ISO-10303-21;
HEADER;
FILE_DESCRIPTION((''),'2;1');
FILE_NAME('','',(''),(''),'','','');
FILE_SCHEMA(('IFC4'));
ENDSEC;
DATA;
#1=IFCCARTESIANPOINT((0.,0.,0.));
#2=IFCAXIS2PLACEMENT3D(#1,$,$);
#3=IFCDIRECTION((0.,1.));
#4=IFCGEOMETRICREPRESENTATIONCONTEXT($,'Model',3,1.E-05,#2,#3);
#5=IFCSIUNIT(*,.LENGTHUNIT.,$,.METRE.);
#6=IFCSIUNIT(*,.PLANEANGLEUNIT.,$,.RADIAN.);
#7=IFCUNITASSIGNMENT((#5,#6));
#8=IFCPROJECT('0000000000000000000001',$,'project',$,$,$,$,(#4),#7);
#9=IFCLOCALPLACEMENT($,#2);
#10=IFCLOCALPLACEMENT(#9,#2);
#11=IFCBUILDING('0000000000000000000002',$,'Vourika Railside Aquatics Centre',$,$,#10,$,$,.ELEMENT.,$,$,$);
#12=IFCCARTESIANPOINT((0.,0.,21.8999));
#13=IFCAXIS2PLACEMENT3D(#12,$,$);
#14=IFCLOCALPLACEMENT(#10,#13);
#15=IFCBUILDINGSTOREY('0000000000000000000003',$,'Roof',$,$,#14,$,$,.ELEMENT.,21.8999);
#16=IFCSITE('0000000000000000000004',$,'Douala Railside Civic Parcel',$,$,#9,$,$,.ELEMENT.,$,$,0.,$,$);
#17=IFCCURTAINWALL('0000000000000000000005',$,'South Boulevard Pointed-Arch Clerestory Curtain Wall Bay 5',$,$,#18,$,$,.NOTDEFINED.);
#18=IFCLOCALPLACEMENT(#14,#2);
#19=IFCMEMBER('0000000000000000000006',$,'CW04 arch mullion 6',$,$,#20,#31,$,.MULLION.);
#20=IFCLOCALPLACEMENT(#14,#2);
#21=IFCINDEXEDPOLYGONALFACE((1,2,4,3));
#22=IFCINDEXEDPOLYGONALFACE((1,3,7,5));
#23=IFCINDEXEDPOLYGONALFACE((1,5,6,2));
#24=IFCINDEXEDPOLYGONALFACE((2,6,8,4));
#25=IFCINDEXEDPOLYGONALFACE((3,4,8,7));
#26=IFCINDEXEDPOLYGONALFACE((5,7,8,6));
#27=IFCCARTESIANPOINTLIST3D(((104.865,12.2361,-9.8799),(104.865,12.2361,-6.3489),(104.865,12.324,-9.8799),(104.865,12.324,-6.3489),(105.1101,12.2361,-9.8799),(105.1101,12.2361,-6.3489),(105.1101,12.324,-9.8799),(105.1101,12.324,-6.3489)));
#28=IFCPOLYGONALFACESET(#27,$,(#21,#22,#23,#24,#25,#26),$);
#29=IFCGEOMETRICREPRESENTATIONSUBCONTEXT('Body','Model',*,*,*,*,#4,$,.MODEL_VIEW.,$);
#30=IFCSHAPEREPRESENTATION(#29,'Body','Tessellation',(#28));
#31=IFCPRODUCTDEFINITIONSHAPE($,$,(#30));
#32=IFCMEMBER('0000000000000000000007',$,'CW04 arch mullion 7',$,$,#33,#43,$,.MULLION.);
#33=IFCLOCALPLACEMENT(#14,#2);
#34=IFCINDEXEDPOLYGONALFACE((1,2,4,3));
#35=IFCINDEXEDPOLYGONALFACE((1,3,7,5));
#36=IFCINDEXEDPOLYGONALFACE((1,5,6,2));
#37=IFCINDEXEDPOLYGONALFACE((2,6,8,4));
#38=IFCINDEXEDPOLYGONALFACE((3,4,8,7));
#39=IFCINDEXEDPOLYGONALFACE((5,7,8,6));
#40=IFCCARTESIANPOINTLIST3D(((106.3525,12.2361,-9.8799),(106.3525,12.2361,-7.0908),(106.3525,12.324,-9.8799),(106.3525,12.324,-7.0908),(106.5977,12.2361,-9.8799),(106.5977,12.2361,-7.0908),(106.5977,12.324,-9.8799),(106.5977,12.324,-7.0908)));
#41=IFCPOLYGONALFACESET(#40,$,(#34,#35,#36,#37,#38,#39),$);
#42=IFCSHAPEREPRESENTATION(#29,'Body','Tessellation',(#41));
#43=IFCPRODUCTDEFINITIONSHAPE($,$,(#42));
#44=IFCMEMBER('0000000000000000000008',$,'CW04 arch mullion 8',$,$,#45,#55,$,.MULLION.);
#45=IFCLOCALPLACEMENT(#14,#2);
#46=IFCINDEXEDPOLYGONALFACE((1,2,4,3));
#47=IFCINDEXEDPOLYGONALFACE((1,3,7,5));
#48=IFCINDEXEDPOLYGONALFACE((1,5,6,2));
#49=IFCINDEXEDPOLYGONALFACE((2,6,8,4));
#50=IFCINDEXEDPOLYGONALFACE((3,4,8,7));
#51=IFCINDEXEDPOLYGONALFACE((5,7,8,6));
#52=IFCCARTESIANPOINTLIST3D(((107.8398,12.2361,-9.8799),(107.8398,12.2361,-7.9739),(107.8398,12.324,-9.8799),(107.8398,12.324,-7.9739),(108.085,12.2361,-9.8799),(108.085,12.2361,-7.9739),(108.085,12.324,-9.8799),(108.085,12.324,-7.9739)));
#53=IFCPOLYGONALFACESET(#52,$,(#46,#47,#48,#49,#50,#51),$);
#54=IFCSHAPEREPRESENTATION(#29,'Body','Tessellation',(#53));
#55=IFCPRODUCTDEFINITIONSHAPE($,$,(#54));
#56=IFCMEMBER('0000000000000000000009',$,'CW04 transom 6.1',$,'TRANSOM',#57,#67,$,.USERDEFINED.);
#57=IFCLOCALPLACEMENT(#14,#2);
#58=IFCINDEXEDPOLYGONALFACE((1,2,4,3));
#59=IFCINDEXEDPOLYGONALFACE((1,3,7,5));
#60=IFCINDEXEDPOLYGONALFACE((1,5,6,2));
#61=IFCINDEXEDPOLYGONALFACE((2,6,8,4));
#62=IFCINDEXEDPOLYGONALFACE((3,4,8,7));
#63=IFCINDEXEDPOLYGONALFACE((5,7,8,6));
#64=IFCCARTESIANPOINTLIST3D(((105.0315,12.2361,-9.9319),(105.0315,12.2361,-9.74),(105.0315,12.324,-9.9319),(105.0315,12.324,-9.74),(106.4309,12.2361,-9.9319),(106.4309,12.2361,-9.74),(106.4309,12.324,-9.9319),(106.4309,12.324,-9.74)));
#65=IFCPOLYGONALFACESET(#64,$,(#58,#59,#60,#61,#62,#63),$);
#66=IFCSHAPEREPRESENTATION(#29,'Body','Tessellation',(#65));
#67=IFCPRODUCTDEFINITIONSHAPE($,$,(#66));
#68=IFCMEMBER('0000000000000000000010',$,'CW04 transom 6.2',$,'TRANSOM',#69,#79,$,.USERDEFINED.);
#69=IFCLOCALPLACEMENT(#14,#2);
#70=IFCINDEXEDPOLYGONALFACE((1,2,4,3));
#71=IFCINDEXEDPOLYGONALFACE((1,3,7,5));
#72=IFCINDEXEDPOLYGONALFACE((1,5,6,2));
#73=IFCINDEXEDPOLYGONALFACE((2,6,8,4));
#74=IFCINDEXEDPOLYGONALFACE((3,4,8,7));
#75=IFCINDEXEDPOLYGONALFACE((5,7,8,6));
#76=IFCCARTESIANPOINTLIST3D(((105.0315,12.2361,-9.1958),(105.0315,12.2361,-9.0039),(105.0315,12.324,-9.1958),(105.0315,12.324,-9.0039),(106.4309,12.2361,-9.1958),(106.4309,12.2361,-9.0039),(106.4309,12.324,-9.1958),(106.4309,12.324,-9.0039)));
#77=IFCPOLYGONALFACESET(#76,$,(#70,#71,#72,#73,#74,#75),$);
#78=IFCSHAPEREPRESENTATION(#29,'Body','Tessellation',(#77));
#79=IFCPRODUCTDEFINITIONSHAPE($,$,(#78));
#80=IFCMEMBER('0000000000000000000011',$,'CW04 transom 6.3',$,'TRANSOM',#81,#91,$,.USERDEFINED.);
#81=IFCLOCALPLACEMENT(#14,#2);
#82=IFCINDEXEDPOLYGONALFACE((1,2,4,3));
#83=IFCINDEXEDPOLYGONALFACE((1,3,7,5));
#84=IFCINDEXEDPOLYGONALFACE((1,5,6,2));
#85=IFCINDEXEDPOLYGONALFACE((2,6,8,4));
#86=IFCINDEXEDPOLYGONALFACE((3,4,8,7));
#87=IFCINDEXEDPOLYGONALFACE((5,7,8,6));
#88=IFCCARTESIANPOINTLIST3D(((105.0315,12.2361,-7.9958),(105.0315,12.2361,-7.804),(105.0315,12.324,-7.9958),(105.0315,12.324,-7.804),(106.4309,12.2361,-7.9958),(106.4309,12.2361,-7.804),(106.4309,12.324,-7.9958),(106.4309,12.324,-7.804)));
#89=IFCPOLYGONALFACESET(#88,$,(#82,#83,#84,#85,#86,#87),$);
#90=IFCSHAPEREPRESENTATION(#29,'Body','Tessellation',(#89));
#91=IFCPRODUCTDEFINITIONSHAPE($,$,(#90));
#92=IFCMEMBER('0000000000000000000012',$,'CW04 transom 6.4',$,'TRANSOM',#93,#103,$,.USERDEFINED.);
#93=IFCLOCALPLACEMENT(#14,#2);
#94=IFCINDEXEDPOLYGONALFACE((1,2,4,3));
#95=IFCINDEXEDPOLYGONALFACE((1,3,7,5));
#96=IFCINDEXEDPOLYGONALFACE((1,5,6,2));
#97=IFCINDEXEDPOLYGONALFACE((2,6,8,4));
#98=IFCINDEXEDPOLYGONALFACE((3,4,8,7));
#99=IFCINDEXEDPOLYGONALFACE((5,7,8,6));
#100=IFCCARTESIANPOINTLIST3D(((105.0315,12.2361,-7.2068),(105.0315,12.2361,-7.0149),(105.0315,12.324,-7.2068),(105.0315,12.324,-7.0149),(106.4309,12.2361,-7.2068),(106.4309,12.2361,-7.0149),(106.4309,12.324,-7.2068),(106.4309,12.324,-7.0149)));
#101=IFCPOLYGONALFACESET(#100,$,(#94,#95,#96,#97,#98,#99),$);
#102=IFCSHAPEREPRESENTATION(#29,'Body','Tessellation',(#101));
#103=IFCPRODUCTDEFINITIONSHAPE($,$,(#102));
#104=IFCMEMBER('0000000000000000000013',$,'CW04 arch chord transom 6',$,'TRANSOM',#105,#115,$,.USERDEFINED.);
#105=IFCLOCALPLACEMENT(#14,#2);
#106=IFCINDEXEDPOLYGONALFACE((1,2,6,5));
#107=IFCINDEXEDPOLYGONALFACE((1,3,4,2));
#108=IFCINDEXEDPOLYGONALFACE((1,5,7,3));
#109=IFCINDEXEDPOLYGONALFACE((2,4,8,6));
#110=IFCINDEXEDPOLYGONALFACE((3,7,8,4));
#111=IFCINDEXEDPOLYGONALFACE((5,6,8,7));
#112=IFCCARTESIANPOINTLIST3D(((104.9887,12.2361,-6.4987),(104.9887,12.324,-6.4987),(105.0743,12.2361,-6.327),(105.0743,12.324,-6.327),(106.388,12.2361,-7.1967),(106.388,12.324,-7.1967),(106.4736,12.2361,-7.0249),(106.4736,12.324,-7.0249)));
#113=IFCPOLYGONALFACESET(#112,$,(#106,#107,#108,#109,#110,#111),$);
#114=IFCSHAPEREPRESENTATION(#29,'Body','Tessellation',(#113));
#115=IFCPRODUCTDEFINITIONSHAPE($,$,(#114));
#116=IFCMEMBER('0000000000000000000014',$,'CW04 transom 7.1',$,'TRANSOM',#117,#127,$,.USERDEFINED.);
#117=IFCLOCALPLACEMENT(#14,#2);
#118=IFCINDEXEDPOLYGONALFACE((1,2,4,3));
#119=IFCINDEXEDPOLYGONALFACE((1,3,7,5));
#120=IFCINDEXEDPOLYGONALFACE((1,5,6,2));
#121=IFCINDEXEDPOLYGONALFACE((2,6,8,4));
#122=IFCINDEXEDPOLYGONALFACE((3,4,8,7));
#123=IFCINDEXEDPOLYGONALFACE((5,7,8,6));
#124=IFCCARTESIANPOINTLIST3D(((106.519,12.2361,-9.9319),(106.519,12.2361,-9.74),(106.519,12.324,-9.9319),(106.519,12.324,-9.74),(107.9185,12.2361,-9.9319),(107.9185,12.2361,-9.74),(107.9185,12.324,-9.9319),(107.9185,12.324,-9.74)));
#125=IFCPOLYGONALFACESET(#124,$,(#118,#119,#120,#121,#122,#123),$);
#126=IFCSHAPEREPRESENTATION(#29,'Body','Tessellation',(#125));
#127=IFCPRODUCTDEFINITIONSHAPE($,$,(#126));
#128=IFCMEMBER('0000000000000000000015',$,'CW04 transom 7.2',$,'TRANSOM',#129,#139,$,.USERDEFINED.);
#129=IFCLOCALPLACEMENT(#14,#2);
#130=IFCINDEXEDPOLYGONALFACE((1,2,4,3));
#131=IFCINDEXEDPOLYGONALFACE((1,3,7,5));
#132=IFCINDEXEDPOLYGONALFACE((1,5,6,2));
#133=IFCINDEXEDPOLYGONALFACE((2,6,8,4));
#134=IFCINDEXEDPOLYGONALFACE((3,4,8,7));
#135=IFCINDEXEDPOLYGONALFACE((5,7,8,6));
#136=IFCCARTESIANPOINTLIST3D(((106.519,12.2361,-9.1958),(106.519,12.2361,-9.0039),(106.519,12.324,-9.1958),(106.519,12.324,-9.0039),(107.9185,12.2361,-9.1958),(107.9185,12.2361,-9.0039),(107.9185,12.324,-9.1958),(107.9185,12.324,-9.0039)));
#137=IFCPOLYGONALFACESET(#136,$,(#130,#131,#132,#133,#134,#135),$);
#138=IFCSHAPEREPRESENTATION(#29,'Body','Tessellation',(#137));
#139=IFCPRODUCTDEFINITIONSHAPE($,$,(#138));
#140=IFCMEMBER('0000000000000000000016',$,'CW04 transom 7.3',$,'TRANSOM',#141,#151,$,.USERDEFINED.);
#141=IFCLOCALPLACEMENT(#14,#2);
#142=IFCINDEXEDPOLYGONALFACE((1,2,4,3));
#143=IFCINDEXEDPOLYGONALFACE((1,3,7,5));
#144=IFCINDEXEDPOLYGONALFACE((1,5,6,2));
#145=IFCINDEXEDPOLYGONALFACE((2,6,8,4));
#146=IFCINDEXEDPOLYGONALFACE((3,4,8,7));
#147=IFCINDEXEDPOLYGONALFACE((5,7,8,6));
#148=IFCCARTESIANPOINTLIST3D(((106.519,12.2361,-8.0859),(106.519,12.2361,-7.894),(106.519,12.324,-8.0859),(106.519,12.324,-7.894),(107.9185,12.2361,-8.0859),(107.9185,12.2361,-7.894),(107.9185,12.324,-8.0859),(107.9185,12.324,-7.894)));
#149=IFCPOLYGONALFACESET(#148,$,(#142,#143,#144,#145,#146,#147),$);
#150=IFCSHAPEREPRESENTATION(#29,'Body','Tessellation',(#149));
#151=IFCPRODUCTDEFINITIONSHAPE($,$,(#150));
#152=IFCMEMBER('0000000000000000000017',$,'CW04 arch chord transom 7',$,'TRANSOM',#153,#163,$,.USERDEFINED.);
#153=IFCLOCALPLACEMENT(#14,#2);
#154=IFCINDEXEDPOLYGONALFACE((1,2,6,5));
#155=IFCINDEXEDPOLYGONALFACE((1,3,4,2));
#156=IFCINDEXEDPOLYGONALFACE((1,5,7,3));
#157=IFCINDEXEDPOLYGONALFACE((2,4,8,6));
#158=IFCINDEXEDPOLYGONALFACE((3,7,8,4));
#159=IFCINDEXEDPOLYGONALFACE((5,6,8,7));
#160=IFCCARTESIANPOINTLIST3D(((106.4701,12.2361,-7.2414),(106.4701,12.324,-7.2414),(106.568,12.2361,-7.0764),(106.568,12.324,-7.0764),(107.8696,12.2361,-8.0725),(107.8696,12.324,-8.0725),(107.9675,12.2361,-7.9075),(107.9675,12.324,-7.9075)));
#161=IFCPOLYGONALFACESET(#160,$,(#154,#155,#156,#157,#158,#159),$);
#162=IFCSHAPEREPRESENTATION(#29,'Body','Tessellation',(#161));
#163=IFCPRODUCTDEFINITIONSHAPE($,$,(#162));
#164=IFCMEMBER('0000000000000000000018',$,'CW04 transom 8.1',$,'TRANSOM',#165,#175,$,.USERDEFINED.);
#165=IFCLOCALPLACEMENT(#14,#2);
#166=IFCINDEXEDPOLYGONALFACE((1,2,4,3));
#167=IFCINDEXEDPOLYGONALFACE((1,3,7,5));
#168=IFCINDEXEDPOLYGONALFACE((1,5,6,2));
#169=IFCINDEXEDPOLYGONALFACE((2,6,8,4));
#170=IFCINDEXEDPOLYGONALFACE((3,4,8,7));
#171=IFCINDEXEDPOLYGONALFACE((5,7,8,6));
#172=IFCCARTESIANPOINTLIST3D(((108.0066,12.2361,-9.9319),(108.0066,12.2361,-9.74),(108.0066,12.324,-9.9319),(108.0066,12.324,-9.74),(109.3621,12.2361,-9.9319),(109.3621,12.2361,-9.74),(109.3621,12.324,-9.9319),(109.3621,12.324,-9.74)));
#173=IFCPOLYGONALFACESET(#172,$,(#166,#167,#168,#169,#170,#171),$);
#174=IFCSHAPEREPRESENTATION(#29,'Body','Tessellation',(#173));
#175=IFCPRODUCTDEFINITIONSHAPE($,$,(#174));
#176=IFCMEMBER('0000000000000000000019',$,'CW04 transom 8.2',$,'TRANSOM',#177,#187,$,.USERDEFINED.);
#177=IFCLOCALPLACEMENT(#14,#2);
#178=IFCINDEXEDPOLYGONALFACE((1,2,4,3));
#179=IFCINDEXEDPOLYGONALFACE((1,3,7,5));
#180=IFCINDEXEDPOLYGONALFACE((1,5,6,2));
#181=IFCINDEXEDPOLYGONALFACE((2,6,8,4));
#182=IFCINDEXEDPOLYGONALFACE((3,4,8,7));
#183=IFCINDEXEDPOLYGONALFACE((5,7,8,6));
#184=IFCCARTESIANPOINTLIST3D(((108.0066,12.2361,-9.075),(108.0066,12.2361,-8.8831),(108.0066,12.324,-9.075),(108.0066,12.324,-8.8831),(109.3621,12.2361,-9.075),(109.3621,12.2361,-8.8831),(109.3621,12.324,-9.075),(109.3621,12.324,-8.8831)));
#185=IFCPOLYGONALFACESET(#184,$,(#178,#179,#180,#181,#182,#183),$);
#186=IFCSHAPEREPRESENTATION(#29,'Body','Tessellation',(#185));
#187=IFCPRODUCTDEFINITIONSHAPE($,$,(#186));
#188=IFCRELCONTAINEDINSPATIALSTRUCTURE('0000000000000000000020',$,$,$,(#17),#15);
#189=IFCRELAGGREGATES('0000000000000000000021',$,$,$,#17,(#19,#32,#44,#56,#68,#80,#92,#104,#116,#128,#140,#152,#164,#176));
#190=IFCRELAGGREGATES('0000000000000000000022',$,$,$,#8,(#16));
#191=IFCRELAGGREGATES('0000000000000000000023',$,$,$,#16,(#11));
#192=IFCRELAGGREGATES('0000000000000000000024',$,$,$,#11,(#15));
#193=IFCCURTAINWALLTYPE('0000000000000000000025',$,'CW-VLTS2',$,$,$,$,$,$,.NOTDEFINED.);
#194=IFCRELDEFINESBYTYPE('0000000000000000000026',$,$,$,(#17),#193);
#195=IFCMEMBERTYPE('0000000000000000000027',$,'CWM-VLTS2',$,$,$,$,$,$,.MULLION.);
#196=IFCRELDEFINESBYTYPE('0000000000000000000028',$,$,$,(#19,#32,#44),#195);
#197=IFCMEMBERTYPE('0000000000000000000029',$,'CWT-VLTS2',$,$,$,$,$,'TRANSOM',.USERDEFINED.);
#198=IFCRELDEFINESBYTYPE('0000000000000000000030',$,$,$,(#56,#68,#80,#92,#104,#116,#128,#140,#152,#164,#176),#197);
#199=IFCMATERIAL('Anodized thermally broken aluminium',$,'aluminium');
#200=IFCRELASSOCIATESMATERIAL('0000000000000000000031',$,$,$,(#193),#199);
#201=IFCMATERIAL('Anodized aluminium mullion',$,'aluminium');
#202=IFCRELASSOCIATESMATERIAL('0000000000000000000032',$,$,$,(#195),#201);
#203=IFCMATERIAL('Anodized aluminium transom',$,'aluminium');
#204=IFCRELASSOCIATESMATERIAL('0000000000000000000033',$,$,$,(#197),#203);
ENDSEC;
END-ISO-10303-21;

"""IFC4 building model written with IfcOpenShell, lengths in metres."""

from ifc_helpers import new_model, si_unit, direction, frame, origin, origin_2d, place, context, subcontext, project, spatial, rectangle, extrude, material, material_profile, profile_set, type_object, element, aggregate, save


model = new_model("IFC4")

# Units and contexts
model_context = context("Model", 3, precision=1e-05, world=origin(), true_north=direction((0.0, 1.0)))
body_context = subcontext(model_context, "Body", "Model", "MODEL_VIEW")
ifc_project = project(units=[si_unit("LENGTHUNIT", "METRE"), si_unit("PLANEANGLEUNIT", "RADIAN")], contexts=[model_context])

# Site, building, storey
site_placement = place(None, origin())
site = spatial("IfcSite", under=ifc_project, at=site_placement, Name="Douala Railside Civic Parcel", CompositionType="ELEMENT", RefElevation=0.0)
building_placement = place(site_placement, origin())
building = spatial("IfcBuilding", under=site, at=building_placement, Name="Vourika Railside Aquatics Centre", CompositionType="ELEMENT")
storey_placement = place(building_placement, frame((0.0, 0.0, 21.8999)))
storey = spatial("IfcBuildingStorey", under=building, at=storey_placement, Name="Roof", CompositionType="ELEMENT", Elevation=21.8999)

# Curtain wall, members
ifc_material_1 = material(Name="Anodized thermally broken aluminium", Category="aluminium")
curtain_wall_type = type_object("IfcCurtainWallType", Name="CW-VLTS2", PredefinedType="NOTDEFINED", material=ifc_material_1)
curtain_wall_placement = place(storey_placement, origin())
curtain_wall = element("IfcCurtainWall", 1, at=curtain_wall_placement, inside=storey, type_object=curtain_wall_type, Name="South Boulevard Pointed-Arch Clerestory Curtain Wall Bay 5", PredefinedType="NOTDEFINED")
ifc_material_2 = material(Name="Anodized aluminium mullion", Category="aluminium")
ifc_material_profile_1 = material_profile(ifc_material_2, rectangle(XDim=0.0879, YDim=0.2451, at=origin_2d()), Name="ALU-M 88x245")
ifc_profile_set_1 = profile_set([ifc_material_profile_1], Name="Anodized aluminium mullion")
member_type_1 = type_object("IfcMemberType", Name="CWM-VLTS2", PredefinedType="MULLION", material=ifc_profile_set_1)
member_1_placement = place(storey_placement, frame((104.9875, 12.28, -9.8799), z_axis=(0.0, 0.0, 1.0), x_axis=(0.0, 1.0, 0.0)))
member_1 = element("IfcMember", 2, at=member_1_placement, type_object=member_type_1, Name="CW04 arch mullion 6", PredefinedType="MULLION", context=body_context, shape_type="SweptSolid", body=[
    extrude(rectangle(XDim=0.0879, YDim=0.2451, at=origin_2d()), origin(), (0.0, 0.0, 1.0), 3.531),
])
member_2_placement = place(storey_placement, frame((106.4751, 12.28, -9.8799), z_axis=(0.0, 0.0, 1.0), x_axis=(0.0, 1.0, 0.0)))
member_2 = element("IfcMember", 3, at=member_2_placement, type_object=member_type_1, Name="CW04 arch mullion 7", PredefinedType="MULLION", context=body_context, shape_type="SweptSolid", body=[
    extrude(rectangle(XDim=0.0879, YDim=0.2451, at=origin_2d()), origin(), (0.0, 0.0, 1.0), 2.7891),
])
member_3_placement = place(storey_placement, frame((107.9624, 12.28, -9.8799), z_axis=(0.0, 0.0, 1.0), x_axis=(0.0, 1.0, 0.0)))
member_3 = element("IfcMember", 4, at=member_3_placement, type_object=member_type_1, Name="CW04 arch mullion 8", PredefinedType="MULLION", context=body_context, shape_type="SweptSolid", body=[
    extrude(rectangle(XDim=0.0879, YDim=0.2451, at=origin_2d()), origin(), (0.0, 0.0, 1.0), 1.906),
])
ifc_material_3 = material(Name="Anodized aluminium transom", Category="aluminium")
ifc_material_profile_2 = material_profile(ifc_material_3, rectangle(XDim=0.0879, YDim=0.1919, at=origin_2d()), Name="ALU-T 88x192")
ifc_profile_set_2 = profile_set([ifc_material_profile_2], Name="Anodized aluminium transom")
member_type_2 = type_object("IfcMemberType", Name="CWT-VLTS2", ElementType="TRANSOM", PredefinedType="USERDEFINED", material=ifc_profile_set_2)
member_4_placement = place(storey_placement, frame((105.0315, 12.28, -9.8359), z_axis=(1.0, 0.0, 0.0), x_axis=(0.0, 1.0, 0.0)))
member_4 = element("IfcMember", 5, at=member_4_placement, type_object=member_type_2, Name="CW04 transom 6.1", ObjectType="TRANSOM", PredefinedType="USERDEFINED", context=body_context, shape_type="SweptSolid", body=[
    extrude(rectangle(XDim=0.0879, YDim=0.1919, at=origin_2d()), origin(), (0.0, 0.0, 1.0), 1.3994),
])
member_5_placement = place(storey_placement, frame((105.0315, 12.28, -9.0999), z_axis=(1.0, 0.0, 0.0), x_axis=(0.0, 1.0, 0.0)))
member_5 = element("IfcMember", 6, at=member_5_placement, type_object=member_type_2, Name="CW04 transom 6.2", ObjectType="TRANSOM", PredefinedType="USERDEFINED", context=body_context, shape_type="SweptSolid", body=[
    extrude(rectangle(XDim=0.0879, YDim=0.1919, at=origin_2d()), origin(), (0.0, 0.0, 1.0), 1.3994),
])
member_6_placement = place(storey_placement, frame((105.0315, 12.28, -7.8999), z_axis=(1.0, 0.0, 0.0), x_axis=(0.0, 1.0, 0.0)))
member_6 = element("IfcMember", 7, at=member_6_placement, type_object=member_type_2, Name="CW04 transom 6.3", ObjectType="TRANSOM", PredefinedType="USERDEFINED", context=body_context, shape_type="SweptSolid", body=[
    extrude(rectangle(XDim=0.0879, YDim=0.1919, at=origin_2d()), origin(), (0.0, 0.0, 1.0), 1.3994),
])
member_7_placement = place(storey_placement, frame((105.0315, 12.28, -7.1108), z_axis=(1.0, 0.0, 0.0), x_axis=(0.0, 1.0, 0.0)))
member_7 = element("IfcMember", 8, at=member_7_placement, type_object=member_type_2, Name="CW04 transom 6.4", ObjectType="TRANSOM", PredefinedType="USERDEFINED", context=body_context, shape_type="SweptSolid", body=[
    extrude(rectangle(XDim=0.0879, YDim=0.1919, at=origin_2d()), origin(), (0.0, 0.0, 1.0), 1.3994),
])
member_8_placement = place(storey_placement, frame((105.0315, 12.28, -6.4128), z_axis=(0.894864, 0.0, -0.446339), x_axis=(0.0, 1.0, 0.0)))
member_8 = element("IfcMember", 9, at=member_8_placement, type_object=member_type_2, Name="CW04 arch chord transom 6", ObjectType="TRANSOM", PredefinedType="USERDEFINED", context=body_context, shape_type="SweptSolid", body=[
    extrude(rectangle(XDim=0.0879, YDim=0.1919, at=origin_2d()), origin(), (0.0, 0.0, 1.0), 1.5637),
])
member_9_placement = place(storey_placement, frame((106.519, 12.28, -9.8359), z_axis=(1.0, 0.0, 0.0), x_axis=(0.0, 1.0, 0.0)))
member_9 = element("IfcMember", 10, at=member_9_placement, type_object=member_type_2, Name="CW04 transom 7.1", ObjectType="TRANSOM", PredefinedType="USERDEFINED", context=body_context, shape_type="SweptSolid", body=[
    extrude(rectangle(XDim=0.0879, YDim=0.1919, at=origin_2d()), origin(), (0.0, 0.0, 1.0), 1.3994),
])
member_10_placement = place(storey_placement, frame((106.519, 12.28, -9.0999), z_axis=(1.0, 0.0, 0.0), x_axis=(0.0, 1.0, 0.0)))
member_10 = element("IfcMember", 11, at=member_10_placement, type_object=member_type_2, Name="CW04 transom 7.2", ObjectType="TRANSOM", PredefinedType="USERDEFINED", context=body_context, shape_type="SweptSolid", body=[
    extrude(rectangle(XDim=0.0879, YDim=0.1919, at=origin_2d()), origin(), (0.0, 0.0, 1.0), 1.3994),
])
member_11_placement = place(storey_placement, frame((106.519, 12.28, -7.99), z_axis=(1.0, 0.0, 0.0), x_axis=(0.0, 1.0, 0.0)))
member_11 = element("IfcMember", 12, at=member_11_placement, type_object=member_type_2, Name="CW04 transom 7.3", ObjectType="TRANSOM", PredefinedType="USERDEFINED", context=body_context, shape_type="SweptSolid", body=[
    extrude(rectangle(XDim=0.0879, YDim=0.1919, at=origin_2d()), origin(), (0.0, 0.0, 1.0), 1.3994),
])
member_12_placement = place(storey_placement, frame((106.519, 12.28, -7.1589), z_axis=(0.859814, 0.0, -0.510608), x_axis=(0.0, 1.0, 0.0)))
member_12 = element("IfcMember", 13, at=member_12_placement, type_object=member_type_2, Name="CW04 arch chord transom 7", ObjectType="TRANSOM", PredefinedType="USERDEFINED", context=body_context, shape_type="SweptSolid", body=[
    extrude(rectangle(XDim=0.0879, YDim=0.1919, at=origin_2d()), origin(), (0.0, 0.0, 1.0), 1.6277),
])
member_13_placement = place(storey_placement, frame((108.0066, 12.28, -9.8359), z_axis=(1.0, 0.0, 0.0), x_axis=(0.0, 1.0, 0.0)))
member_13 = element("IfcMember", 14, at=member_13_placement, type_object=member_type_2, Name="CW04 transom 8.1", ObjectType="TRANSOM", PredefinedType="USERDEFINED", context=body_context, shape_type="SweptSolid", body=[
    extrude(rectangle(XDim=0.0879, YDim=0.1919, at=origin_2d()), origin(), (0.0, 0.0, 1.0), 1.3555),
])
member_14_placement = place(storey_placement, frame((108.0066, 12.28, -8.979), z_axis=(1.0, 0.0, 0.0), x_axis=(0.0, 1.0, 0.0)))
member_14 = element("IfcMember", 15, at=member_14_placement, type_object=member_type_2, Name="CW04 transom 8.2", ObjectType="TRANSOM", PredefinedType="USERDEFINED", context=body_context, shape_type="SweptSolid", body=[
    extrude(rectangle(XDim=0.0879, YDim=0.1919, at=origin_2d()), origin(), (0.0, 0.0, 1.0), 1.3555),
])

aggregate(curtain_wall, [member_1, member_2, member_3, member_4, member_5, member_6, member_7, member_8, member_9, member_10, member_11, member_12, member_13, member_14])

save(model, "model.ifc")
